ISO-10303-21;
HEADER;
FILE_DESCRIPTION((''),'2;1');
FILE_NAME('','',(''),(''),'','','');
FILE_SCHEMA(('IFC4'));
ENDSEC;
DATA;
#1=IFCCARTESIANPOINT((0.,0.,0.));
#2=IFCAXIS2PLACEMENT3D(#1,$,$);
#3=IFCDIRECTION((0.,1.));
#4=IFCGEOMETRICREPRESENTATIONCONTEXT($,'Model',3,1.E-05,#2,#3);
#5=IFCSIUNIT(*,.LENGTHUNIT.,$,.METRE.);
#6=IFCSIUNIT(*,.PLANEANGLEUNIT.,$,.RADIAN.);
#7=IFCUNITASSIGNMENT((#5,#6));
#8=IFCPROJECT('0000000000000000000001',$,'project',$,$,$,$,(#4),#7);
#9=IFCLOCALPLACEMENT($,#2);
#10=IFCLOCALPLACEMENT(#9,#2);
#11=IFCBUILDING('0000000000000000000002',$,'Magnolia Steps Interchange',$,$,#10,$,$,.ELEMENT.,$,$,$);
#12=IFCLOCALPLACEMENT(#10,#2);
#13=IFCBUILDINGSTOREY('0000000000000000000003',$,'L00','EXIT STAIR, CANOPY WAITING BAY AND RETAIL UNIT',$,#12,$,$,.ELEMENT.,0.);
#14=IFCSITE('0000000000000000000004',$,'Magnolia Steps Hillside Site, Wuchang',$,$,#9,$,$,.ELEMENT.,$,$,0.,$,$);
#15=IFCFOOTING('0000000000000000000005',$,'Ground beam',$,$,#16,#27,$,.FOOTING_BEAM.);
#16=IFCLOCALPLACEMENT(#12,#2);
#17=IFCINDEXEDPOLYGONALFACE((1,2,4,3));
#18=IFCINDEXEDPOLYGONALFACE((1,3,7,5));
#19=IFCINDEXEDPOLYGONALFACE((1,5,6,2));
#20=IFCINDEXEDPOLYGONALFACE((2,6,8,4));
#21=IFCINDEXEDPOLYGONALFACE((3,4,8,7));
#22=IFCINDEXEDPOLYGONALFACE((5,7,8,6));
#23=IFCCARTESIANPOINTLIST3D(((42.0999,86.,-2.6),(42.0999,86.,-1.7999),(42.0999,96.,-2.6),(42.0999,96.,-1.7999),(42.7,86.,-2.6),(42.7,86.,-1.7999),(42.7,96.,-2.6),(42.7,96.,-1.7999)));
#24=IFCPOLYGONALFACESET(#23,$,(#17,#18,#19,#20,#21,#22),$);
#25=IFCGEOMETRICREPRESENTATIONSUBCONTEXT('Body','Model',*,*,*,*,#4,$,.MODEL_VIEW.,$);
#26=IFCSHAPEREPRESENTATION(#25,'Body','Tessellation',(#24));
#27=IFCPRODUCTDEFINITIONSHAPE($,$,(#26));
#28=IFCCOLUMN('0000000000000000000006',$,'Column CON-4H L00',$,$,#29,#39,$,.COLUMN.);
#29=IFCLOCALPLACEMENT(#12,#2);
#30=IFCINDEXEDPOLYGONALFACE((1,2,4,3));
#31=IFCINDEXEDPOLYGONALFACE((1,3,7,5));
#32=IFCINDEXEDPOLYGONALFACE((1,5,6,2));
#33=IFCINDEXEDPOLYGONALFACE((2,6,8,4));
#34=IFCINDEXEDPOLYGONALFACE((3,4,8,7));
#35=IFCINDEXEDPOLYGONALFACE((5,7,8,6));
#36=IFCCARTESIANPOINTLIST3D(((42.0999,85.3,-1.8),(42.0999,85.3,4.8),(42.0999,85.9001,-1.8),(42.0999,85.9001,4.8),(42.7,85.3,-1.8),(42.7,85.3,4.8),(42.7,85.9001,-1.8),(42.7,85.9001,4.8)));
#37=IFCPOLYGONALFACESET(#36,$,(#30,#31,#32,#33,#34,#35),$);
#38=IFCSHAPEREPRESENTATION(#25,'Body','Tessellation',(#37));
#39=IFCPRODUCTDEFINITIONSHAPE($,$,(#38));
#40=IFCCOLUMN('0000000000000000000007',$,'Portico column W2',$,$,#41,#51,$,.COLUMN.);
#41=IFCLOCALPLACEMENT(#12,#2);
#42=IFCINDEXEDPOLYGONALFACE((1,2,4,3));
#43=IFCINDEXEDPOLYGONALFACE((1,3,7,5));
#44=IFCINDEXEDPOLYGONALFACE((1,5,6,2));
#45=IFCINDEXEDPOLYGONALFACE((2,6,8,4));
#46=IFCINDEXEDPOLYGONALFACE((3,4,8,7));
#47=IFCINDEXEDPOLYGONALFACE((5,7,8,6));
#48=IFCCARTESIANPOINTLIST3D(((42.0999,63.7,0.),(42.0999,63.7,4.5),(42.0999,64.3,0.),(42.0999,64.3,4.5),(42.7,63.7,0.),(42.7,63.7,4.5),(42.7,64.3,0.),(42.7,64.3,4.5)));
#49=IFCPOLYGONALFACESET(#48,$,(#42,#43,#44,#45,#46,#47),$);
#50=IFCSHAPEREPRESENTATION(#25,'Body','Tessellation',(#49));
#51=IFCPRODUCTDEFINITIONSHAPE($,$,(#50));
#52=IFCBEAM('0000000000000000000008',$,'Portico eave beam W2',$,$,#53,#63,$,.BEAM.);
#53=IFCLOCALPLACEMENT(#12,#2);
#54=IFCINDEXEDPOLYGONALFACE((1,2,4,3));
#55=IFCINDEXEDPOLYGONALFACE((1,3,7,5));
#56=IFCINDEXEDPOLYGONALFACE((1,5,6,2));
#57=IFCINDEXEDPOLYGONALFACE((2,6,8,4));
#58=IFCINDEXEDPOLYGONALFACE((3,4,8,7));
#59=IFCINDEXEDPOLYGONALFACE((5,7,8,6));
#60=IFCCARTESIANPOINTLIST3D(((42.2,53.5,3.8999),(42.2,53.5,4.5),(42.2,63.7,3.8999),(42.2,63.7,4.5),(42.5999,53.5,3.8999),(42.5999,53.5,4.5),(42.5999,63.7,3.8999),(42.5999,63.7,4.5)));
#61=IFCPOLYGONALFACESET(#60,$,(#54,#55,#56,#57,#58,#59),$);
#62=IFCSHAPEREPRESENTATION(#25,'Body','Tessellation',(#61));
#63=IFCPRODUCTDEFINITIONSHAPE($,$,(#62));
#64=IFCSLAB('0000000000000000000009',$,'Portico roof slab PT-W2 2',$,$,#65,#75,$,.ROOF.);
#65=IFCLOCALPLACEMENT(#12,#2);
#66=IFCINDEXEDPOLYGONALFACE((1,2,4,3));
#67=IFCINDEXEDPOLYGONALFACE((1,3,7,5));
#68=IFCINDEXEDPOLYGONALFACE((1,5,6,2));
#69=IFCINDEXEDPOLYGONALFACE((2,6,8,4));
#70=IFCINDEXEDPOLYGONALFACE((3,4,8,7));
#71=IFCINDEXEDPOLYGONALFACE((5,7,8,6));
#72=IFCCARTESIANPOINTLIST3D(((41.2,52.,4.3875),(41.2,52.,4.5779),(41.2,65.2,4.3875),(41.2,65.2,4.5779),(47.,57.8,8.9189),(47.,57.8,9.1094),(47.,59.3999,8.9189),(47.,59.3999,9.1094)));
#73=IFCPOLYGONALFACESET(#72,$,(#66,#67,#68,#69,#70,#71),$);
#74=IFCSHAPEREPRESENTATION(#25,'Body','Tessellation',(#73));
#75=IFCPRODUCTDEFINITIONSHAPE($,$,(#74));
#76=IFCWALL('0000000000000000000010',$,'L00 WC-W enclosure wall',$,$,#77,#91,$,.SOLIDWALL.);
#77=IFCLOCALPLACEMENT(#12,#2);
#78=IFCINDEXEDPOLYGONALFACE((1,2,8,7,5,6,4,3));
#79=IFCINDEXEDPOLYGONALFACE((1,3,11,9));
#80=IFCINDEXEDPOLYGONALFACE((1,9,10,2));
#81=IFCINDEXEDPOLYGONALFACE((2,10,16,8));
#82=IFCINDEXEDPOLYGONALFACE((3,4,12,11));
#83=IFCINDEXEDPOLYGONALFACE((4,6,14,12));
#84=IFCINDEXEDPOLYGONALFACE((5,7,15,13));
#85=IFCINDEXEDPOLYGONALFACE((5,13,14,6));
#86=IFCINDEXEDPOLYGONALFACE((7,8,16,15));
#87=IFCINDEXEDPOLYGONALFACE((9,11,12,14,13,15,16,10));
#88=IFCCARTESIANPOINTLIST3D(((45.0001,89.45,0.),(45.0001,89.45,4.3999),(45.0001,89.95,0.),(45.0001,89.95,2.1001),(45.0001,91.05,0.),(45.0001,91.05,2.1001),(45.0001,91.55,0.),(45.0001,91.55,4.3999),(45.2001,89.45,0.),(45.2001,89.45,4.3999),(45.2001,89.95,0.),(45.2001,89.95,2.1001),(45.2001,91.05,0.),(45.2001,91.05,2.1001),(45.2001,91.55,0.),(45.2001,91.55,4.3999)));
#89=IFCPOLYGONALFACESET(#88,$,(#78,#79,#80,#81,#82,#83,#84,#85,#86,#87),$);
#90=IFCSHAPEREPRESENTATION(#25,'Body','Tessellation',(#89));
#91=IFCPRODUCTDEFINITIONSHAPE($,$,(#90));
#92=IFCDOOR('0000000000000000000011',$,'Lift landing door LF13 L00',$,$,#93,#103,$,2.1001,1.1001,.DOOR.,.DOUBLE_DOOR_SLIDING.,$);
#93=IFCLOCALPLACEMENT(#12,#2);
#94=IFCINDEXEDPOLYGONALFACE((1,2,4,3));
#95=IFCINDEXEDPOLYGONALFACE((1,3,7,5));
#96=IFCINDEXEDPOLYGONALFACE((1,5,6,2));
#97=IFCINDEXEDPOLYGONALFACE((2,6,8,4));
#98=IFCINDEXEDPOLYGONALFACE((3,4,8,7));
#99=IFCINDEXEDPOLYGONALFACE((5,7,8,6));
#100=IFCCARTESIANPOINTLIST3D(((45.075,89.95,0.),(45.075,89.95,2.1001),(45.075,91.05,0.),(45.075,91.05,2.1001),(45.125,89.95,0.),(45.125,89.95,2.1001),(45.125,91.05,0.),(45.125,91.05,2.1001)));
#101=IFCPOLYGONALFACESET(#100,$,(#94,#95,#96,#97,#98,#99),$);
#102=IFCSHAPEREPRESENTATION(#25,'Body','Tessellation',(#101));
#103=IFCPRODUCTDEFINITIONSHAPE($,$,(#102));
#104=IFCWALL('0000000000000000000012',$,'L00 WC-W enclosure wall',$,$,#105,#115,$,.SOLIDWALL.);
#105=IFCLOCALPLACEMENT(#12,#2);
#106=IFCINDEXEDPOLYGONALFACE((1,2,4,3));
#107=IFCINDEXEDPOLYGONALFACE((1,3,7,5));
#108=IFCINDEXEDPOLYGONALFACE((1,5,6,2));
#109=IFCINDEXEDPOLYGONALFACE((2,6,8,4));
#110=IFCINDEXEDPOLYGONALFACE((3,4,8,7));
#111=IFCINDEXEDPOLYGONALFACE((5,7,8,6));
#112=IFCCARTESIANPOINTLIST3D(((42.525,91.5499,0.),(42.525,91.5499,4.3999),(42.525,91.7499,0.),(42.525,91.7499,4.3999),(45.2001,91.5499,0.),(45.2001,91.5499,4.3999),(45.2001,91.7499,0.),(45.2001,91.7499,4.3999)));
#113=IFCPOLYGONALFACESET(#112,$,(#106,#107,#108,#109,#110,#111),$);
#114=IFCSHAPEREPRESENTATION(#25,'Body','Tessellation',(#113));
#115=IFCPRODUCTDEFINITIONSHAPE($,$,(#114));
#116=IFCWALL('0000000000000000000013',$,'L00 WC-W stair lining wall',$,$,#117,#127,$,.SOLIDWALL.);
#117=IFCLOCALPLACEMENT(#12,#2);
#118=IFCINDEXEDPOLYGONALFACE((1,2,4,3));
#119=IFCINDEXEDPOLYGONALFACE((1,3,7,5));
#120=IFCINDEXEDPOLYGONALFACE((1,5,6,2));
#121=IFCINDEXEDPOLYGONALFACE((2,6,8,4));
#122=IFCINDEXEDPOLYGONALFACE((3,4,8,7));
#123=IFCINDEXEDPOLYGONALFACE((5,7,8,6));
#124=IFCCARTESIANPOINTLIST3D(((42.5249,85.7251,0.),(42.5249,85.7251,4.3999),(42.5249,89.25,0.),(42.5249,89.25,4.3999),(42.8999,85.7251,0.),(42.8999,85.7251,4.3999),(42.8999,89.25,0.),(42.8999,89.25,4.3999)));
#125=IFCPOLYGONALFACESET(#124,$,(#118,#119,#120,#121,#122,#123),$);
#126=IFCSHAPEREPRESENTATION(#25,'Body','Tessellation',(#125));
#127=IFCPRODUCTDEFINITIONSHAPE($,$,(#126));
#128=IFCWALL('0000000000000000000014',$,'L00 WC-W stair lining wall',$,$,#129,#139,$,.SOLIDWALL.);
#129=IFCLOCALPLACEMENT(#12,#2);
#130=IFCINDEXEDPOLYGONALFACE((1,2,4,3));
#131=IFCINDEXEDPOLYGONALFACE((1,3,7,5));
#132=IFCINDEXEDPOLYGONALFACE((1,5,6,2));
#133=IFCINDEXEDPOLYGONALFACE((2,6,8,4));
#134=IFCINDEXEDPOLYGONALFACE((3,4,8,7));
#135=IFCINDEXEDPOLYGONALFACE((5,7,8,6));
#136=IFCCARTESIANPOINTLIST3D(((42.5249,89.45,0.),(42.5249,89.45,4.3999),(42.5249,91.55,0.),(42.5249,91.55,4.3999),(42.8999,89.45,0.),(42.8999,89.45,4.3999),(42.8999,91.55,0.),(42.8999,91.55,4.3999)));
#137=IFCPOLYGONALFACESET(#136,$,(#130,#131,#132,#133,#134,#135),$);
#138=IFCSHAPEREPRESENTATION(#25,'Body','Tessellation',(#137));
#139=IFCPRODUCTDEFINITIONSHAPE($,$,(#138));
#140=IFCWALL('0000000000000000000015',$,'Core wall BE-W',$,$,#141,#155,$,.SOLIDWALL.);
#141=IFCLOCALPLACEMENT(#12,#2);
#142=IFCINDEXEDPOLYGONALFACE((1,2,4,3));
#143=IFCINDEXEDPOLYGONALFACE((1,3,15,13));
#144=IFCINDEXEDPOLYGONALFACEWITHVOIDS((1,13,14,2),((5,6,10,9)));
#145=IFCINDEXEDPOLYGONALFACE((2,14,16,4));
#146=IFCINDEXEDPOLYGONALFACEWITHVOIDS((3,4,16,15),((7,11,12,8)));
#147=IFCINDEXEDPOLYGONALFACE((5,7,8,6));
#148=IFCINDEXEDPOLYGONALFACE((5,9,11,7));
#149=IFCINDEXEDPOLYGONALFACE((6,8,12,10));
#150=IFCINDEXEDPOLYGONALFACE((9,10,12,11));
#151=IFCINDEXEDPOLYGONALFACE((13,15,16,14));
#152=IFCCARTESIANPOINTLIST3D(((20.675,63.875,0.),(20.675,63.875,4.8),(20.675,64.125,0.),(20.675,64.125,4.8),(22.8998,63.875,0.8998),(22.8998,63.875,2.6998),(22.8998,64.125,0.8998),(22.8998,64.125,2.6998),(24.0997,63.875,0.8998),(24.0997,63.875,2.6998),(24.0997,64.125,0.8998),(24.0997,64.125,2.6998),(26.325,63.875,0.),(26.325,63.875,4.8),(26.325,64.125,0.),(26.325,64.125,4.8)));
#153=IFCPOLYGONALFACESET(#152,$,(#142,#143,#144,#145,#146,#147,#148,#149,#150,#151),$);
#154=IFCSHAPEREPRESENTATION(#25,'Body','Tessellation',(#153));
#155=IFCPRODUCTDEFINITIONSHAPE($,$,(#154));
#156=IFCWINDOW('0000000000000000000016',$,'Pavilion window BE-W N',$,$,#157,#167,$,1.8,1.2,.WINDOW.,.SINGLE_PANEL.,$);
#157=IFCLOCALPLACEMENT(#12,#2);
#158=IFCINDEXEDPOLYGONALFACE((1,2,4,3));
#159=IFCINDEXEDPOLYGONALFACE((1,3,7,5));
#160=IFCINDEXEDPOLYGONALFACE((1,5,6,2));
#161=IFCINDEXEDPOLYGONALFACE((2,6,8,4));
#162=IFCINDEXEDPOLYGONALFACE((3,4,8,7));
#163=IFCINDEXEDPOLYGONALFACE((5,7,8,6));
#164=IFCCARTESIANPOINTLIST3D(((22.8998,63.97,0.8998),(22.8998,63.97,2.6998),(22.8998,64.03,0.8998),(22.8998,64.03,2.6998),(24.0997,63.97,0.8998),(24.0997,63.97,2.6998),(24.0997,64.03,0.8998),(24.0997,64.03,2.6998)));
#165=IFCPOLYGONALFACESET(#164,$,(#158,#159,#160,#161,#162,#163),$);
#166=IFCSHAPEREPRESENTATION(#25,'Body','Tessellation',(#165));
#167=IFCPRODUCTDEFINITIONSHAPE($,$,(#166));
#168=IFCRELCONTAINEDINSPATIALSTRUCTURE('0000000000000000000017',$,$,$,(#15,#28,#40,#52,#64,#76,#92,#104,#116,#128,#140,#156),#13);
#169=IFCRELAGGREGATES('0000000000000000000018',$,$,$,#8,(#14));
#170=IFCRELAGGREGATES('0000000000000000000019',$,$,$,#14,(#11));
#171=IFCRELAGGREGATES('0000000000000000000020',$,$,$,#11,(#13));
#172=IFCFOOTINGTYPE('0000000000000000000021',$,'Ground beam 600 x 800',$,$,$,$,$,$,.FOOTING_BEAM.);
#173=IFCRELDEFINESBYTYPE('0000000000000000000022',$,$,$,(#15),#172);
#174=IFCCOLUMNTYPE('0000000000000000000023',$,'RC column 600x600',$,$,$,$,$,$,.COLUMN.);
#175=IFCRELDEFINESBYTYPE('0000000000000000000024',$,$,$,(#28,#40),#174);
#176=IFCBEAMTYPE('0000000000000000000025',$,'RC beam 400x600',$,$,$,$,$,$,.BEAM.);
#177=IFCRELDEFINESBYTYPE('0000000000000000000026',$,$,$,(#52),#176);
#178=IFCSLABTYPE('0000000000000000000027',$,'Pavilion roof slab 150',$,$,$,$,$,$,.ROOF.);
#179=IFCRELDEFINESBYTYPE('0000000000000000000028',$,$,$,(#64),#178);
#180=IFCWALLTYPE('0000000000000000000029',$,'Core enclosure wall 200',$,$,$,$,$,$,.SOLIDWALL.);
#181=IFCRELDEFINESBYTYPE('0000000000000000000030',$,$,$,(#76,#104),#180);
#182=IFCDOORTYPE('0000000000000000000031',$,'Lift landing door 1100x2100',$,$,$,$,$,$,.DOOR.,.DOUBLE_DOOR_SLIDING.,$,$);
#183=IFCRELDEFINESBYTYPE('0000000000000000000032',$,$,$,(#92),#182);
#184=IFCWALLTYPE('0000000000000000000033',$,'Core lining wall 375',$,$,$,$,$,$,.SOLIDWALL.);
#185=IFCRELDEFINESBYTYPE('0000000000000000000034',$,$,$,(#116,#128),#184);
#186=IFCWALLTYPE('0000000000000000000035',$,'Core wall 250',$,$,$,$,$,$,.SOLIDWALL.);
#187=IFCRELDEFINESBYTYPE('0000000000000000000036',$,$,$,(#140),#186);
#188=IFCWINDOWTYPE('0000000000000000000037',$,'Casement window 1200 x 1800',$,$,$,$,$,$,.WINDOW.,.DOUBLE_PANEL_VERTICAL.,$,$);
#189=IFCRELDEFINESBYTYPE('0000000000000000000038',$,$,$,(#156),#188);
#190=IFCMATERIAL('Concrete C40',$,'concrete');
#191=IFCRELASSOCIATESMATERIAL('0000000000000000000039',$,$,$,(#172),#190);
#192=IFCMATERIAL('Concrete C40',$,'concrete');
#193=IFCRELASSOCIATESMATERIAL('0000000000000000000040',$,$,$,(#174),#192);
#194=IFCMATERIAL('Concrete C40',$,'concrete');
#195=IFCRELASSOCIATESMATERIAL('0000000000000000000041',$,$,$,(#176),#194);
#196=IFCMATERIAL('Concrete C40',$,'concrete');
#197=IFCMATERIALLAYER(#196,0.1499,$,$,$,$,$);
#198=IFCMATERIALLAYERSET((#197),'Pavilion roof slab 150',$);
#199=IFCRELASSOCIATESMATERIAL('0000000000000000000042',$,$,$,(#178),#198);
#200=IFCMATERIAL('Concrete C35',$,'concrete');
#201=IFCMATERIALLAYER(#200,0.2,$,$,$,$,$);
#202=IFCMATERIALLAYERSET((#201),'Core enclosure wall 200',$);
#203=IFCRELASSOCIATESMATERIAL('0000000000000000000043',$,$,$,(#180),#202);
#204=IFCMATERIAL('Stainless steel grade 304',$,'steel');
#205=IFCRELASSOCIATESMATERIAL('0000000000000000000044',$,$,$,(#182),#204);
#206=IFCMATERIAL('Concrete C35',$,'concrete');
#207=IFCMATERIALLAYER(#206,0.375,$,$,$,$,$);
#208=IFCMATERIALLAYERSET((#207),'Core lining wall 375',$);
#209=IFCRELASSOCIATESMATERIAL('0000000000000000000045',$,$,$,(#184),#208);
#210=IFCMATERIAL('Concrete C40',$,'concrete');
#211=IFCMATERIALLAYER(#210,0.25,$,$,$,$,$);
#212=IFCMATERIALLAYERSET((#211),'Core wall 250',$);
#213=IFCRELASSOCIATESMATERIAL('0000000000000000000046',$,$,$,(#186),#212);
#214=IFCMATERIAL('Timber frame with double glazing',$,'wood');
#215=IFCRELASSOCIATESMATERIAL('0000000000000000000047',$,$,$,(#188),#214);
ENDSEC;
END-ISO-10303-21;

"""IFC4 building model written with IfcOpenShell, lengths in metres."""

from ifc_helpers import new_model, si_unit, direction, frame, frame_2d, origin, origin_2d, place, context, subcontext, project, spatial, polyline, rectangle, outline, extrude, material, layer, layer_set, material_profile, profile_set, type_object, element, fill, save


model = new_model("IFC4")

# Units and contexts
model_context = context("Model", 3, precision=1e-05, world=origin(), true_north=direction((0.0, 1.0)))
body_context = subcontext(model_context, "Body", "Model", "MODEL_VIEW")
ifc_project = project(units=[si_unit("LENGTHUNIT", "METRE"), si_unit("PLANEANGLEUNIT", "RADIAN")], contexts=[model_context])

# Site, building, storey
site_placement = place(None, origin())
site = spatial("IfcSite", under=ifc_project, at=site_placement, Name="Magnolia Steps Hillside Site, Wuchang", CompositionType="ELEMENT", RefElevation=0.0)
building_placement = place(site_placement, origin())
building = spatial("IfcBuilding", under=site, at=building_placement, Name="Magnolia Steps Interchange", CompositionType="ELEMENT")
storey_placement = place(building_placement, origin())
storey = spatial("IfcBuildingStorey", under=building, at=storey_placement, Name="L00", Description="EXIT STAIR, CANOPY WAITING BAY AND RETAIL UNIT", CompositionType="ELEMENT", Elevation=0.0)

# Footing
ifc_material_1 = material(Name="Concrete C40", Category="concrete")
ifc_material_profile_1 = material_profile(ifc_material_1, rectangle(XDim=0.6001, YDim=0.8, at=origin_2d()), Name="RC600x800")
ifc_profile_set_1 = profile_set([ifc_material_profile_1], Name="Concrete C40")
footing_type = type_object("IfcFootingType", Name="Ground beam 600 x 800", PredefinedType="FOOTING_BEAM", material=ifc_profile_set_1)
footing_placement = place(storey_placement, frame((42.3999, 86.0, -2.2), z_axis=(0.0, 1.0, 0.0), x_axis=(-1.0, 0.0, 0.0)))
element("IfcFooting", 1, at=footing_placement, inside=storey, type_object=footing_type, Name="Ground beam", PredefinedType="FOOTING_BEAM", context=body_context, shape_type="SweptSolid", body=[
    extrude(rectangle(XDim=0.6001, YDim=0.8, at=origin_2d()), origin(), (0.0, 0.0, 1.0), 10.0),
])

# Columns
ifc_material_2 = material(Name="Concrete C40", Category="concrete")
ifc_material_profile_2 = material_profile(ifc_material_2, rectangle(XDim=0.6001, YDim=0.6001, at=origin_2d()), Name="RC600x600")
ifc_profile_set_2 = profile_set([ifc_material_profile_2], Name="Concrete C40")
column_type = type_object("IfcColumnType", Name="RC column 600x600", PredefinedType="COLUMN", material=ifc_profile_set_2)
column_1_placement = place(storey_placement, frame((42.3999, 85.6001, -1.8), z_axis=(0.0, 0.0, 1.0), x_axis=(1.0, 0.0, 0.0)))
element("IfcColumn", 2, at=column_1_placement, inside=storey, type_object=column_type, Name="Column CON-4H L00", PredefinedType="COLUMN", context=body_context, shape_type="SweptSolid", body=[
    extrude(rectangle(XDim=0.6001, YDim=0.6001, at=origin_2d()), origin(), (0.0, 0.0, 1.0), 6.6001),
])
column_2_placement = place(storey_placement, frame((42.3999, 64.0, 0.0), z_axis=(0.0, 0.0, 1.0), x_axis=(1.0, 0.0, 0.0)))
element("IfcColumn", 3, at=column_2_placement, inside=storey, type_object=column_type, Name="Portico column W2", PredefinedType="COLUMN", context=body_context, shape_type="SweptSolid", body=[
    extrude(rectangle(XDim=0.6001, YDim=0.6001, at=origin_2d()), origin(), (0.0, 0.0, 1.0), 4.5),
])

# Beam
ifc_material_3 = material(Name="Concrete C40", Category="concrete")
ifc_material_profile_3 = material_profile(ifc_material_3, rectangle(XDim=0.3999, YDim=0.6001, at=origin_2d()), Name="RC400x600")
ifc_profile_set_3 = profile_set([ifc_material_profile_3], Name="Concrete C40")
beam_type = type_object("IfcBeamType", Name="RC beam 400x600", PredefinedType="BEAM", material=ifc_profile_set_3)
beam_placement = place(storey_placement, frame((42.3999, 63.7, 4.2), z_axis=(0.0, -1.0, 0.0), x_axis=(1.0, 0.0, 0.0)))
element("IfcBeam", 4, at=beam_placement, inside=storey, type_object=beam_type, Name="Portico eave beam W2", PredefinedType="BEAM", context=body_context, shape_type="SweptSolid", body=[
    extrude(rectangle(XDim=0.3999, YDim=0.6001, at=origin_2d()), origin(), (0.0, 0.0, 1.0), 10.2),
])

# Slab
ifc_material_4 = material(Name="Concrete C40", Category="concrete")
ifc_layer_1 = layer(ifc_material_4, 0.1499)
ifc_layer_set_1 = layer_set([ifc_layer_1], Name="Pavilion roof slab 150")
slab_type = type_object("IfcSlabType", Name="Pavilion roof slab 150", PredefinedType="ROOF", material=ifc_layer_set_1)
slab_placement = place(storey_placement, frame((41.2, 65.2, 4.5779), z_axis=(-0.615661, 0.0, 0.788011), x_axis=(0.0, -1.0, 0.0)))
element("IfcSlab", 5, at=slab_placement, inside=storey, type_object=slab_type, Name="Portico roof slab PT-W2 2", PredefinedType="ROOF", context=body_context, shape_type="SweptSolid", body=[
    extrude(outline(polyline([(0.0, 0.0), (13.2, 0.0), (7.3999, 7.3604), (5.8, 7.3604), (0.0, 0.0)])), origin(), (0.0, -0.615661, -0.788011), 0.1904),
])

# Wall, opening, door
ifc_material_5 = material(Name="Concrete C35", Category="concrete")
ifc_layer_2 = layer(ifc_material_5, 0.2)
ifc_layer_set_2 = layer_set([ifc_layer_2], Name="Core enclosure wall 200")
wall_type_1 = type_object("IfcWallType", Name="Core enclosure wall 200", PredefinedType="SOLIDWALL", material=ifc_layer_set_2)
wall_1_placement = place(storey_placement, frame((45.1001, 89.45, 0.0), z_axis=(0.0, 0.0, 1.0), x_axis=(0.0, 1.0, 0.0)))
wall_1 = element("IfcWall", 6, at=wall_1_placement, inside=storey, type_object=wall_type_1, Name="L00 WC-W enclosure wall", PredefinedType="SOLIDWALL", context=body_context, shape_type="SweptSolid", body=[
    extrude(rectangle(XDim=2.1001, YDim=0.2, at=frame_2d((1.05, 0.0))), origin(), (0.0, 0.0, 1.0), 4.3999),
])
opening_1_placement = place(wall_1_placement, frame((0.5, 0.0, 0.0)))
opening_1 = element("IfcOpeningElement", 7, at=opening_1_placement, cuts=wall_1, PredefinedType="OPENING", context=body_context, shape_type="SweptSolid", body=[
    extrude(rectangle(XDim=1.1001, YDim=2.1001, at=frame_2d((0.55, 1.05))), frame((0.0, 0.1099, 0.0), z_axis=(0.0, -1.0, 0.0), x_axis=(1.0, 0.0, 0.0)), (0.0, 0.0, 1.0), 0.22),
])
ifc_material_6 = material(Name="Stainless steel grade 304", Category="steel")
door_type_1 = type_object("IfcDoorType", Name="Lift landing door 1100x2100", OperationType="DOUBLE_DOOR_SLIDING", PredefinedType="DOOR", material=ifc_material_6)
door_1_placement = place(opening_1_placement, frame((1.1001, 0.0, 0.0), z_axis=(0.0, 0.0, 1.0), x_axis=(-1.0, 0.0, 0.0)))
door_1 = element("IfcDoor", 8, at=door_1_placement, inside=storey, type_object=door_type_1, Name="Lift landing door LF13 L00", OperationType="DOUBLE_DOOR_SLIDING", OverallHeight=2.1001, OverallWidth=1.1001, PredefinedType="DOOR", context=body_context, shape_type="SweptSolid", body=[
    extrude(rectangle(XDim=1.1001, YDim=2.1001, at=frame_2d((0.55, 1.05))), frame((0.0, 0.0249, 0.0), z_axis=(0.0, -1.0, 0.0), x_axis=(1.0, 0.0, 0.0)), (0.0, 0.0, 1.0), 0.05),
])
fill(opening_1, door_1)

# Walls
wall_2_placement = place(storey_placement, frame((45.2, 91.6499, 0.0), z_axis=(0.0, 0.0, 1.0), x_axis=(-1.0, 0.0, 0.0)))
element("IfcWall", 9, at=wall_2_placement, inside=storey, type_object=wall_type_1, Name="L00 WC-W enclosure wall", PredefinedType="SOLIDWALL", context=body_context, shape_type="SweptSolid", body=[
    extrude(rectangle(XDim=2.675, YDim=0.2, at=frame_2d((1.3374, 0.0))), origin(), (0.0, 0.0, 1.0), 4.3999),
])
ifc_material_7 = material(Name="Concrete C35", Category="concrete")
ifc_layer_3 = layer(ifc_material_7, 0.375)
ifc_layer_set_3 = layer_set([ifc_layer_3], Name="Core lining wall 375")
wall_type_2 = type_object("IfcWallType", Name="Core lining wall 375", PredefinedType="SOLIDWALL", material=ifc_layer_set_3)
wall_3_placement = place(storey_placement, frame((42.7124, 85.7251, 0.0), z_axis=(0.0, 0.0, 1.0), x_axis=(0.0, 1.0, 0.0)))
element("IfcWall", 10, at=wall_3_placement, inside=storey, type_object=wall_type_2, Name="L00 WC-W stair lining wall", PredefinedType="SOLIDWALL", context=body_context, shape_type="SweptSolid", body=[
    extrude(rectangle(XDim=3.5249, YDim=0.375, at=frame_2d((1.7625, 0.0))), origin(), (0.0, 0.0, 1.0), 4.3999),
])
wall_4_placement = place(storey_placement, frame((42.7124, 89.45, 0.0), z_axis=(0.0, 0.0, 1.0), x_axis=(0.0, 1.0, 0.0)))
element("IfcWall", 11, at=wall_4_placement, inside=storey, type_object=wall_type_2, Name="L00 WC-W stair lining wall", PredefinedType="SOLIDWALL", context=body_context, shape_type="SweptSolid", body=[
    extrude(rectangle(XDim=2.1001, YDim=0.375, at=frame_2d((1.05, 0.0))), origin(), (0.0, 0.0, 1.0), 4.3999),
])

# Wall, opening, window
ifc_material_8 = material(Name="Concrete C40", Category="concrete")
ifc_layer_4 = layer(ifc_material_8, 0.25)
ifc_layer_set_4 = layer_set([ifc_layer_4], Name="Core wall 250")
wall_type_3 = type_object("IfcWallType", Name="Core wall 250", PredefinedType="SOLIDWALL", material=ifc_layer_set_4)
wall_5_placement = place(storey_placement, frame((26.325, 64.0, 0.0), z_axis=(0.0, 0.0, 1.0), x_axis=(-1.0, 0.0, 0.0)))
wall_5 = element("IfcWall", 12, at=wall_5_placement, inside=storey, type_object=wall_type_3, Name="Core wall BE-W", PredefinedType="SOLIDWALL", context=body_context, shape_type="SweptSolid", body=[
    extrude(rectangle(XDim=5.6499, YDim=0.25, at=frame_2d((2.825, 0.0))), origin(), (0.0, 0.0, 1.0), 4.8),
])
opening_2_placement = place(wall_5_placement, frame((2.2251, 0.0, 0.8999)))
opening_2 = element("IfcOpeningElement", 13, at=opening_2_placement, cuts=wall_5, PredefinedType="OPENING", context=body_context, shape_type="SweptSolid", body=[
    extrude(rectangle(XDim=1.2, YDim=1.8, at=frame_2d((0.6001, 0.8999))), frame((0.0, 0.135, 0.0), z_axis=(0.0, -1.0, 0.0), x_axis=(1.0, 0.0, 0.0)), (0.0, 0.0, 1.0), 0.27),
])
ifc_material_9 = material(Name="Timber frame with double glazing", Category="wood")
window_type = type_object("IfcWindowType", Name="Casement window 1200 x 1800", PartitioningType="DOUBLE_PANEL_VERTICAL", PredefinedType="WINDOW", material=ifc_material_9)
window_placement = place(opening_2_placement, origin())
window = element("IfcWindow", 14, at=window_placement, inside=storey, type_object=window_type, Name="Pavilion window BE-W N", OverallHeight=1.8, OverallWidth=1.2, PartitioningType="SINGLE_PANEL", PredefinedType="WINDOW", context=body_context, shape_type="SweptSolid", body=[
    extrude(rectangle(XDim=1.2, YDim=1.8, at=frame_2d((0.6001, 0.8999))), frame((0.0, 0.03, 0.0), z_axis=(0.0, -1.0, 0.0), x_axis=(1.0, 0.0, 0.0)), (0.0, 0.0, 1.0), 0.0601),
])
fill(opening_2, window)

save(model, "model.ifc")
